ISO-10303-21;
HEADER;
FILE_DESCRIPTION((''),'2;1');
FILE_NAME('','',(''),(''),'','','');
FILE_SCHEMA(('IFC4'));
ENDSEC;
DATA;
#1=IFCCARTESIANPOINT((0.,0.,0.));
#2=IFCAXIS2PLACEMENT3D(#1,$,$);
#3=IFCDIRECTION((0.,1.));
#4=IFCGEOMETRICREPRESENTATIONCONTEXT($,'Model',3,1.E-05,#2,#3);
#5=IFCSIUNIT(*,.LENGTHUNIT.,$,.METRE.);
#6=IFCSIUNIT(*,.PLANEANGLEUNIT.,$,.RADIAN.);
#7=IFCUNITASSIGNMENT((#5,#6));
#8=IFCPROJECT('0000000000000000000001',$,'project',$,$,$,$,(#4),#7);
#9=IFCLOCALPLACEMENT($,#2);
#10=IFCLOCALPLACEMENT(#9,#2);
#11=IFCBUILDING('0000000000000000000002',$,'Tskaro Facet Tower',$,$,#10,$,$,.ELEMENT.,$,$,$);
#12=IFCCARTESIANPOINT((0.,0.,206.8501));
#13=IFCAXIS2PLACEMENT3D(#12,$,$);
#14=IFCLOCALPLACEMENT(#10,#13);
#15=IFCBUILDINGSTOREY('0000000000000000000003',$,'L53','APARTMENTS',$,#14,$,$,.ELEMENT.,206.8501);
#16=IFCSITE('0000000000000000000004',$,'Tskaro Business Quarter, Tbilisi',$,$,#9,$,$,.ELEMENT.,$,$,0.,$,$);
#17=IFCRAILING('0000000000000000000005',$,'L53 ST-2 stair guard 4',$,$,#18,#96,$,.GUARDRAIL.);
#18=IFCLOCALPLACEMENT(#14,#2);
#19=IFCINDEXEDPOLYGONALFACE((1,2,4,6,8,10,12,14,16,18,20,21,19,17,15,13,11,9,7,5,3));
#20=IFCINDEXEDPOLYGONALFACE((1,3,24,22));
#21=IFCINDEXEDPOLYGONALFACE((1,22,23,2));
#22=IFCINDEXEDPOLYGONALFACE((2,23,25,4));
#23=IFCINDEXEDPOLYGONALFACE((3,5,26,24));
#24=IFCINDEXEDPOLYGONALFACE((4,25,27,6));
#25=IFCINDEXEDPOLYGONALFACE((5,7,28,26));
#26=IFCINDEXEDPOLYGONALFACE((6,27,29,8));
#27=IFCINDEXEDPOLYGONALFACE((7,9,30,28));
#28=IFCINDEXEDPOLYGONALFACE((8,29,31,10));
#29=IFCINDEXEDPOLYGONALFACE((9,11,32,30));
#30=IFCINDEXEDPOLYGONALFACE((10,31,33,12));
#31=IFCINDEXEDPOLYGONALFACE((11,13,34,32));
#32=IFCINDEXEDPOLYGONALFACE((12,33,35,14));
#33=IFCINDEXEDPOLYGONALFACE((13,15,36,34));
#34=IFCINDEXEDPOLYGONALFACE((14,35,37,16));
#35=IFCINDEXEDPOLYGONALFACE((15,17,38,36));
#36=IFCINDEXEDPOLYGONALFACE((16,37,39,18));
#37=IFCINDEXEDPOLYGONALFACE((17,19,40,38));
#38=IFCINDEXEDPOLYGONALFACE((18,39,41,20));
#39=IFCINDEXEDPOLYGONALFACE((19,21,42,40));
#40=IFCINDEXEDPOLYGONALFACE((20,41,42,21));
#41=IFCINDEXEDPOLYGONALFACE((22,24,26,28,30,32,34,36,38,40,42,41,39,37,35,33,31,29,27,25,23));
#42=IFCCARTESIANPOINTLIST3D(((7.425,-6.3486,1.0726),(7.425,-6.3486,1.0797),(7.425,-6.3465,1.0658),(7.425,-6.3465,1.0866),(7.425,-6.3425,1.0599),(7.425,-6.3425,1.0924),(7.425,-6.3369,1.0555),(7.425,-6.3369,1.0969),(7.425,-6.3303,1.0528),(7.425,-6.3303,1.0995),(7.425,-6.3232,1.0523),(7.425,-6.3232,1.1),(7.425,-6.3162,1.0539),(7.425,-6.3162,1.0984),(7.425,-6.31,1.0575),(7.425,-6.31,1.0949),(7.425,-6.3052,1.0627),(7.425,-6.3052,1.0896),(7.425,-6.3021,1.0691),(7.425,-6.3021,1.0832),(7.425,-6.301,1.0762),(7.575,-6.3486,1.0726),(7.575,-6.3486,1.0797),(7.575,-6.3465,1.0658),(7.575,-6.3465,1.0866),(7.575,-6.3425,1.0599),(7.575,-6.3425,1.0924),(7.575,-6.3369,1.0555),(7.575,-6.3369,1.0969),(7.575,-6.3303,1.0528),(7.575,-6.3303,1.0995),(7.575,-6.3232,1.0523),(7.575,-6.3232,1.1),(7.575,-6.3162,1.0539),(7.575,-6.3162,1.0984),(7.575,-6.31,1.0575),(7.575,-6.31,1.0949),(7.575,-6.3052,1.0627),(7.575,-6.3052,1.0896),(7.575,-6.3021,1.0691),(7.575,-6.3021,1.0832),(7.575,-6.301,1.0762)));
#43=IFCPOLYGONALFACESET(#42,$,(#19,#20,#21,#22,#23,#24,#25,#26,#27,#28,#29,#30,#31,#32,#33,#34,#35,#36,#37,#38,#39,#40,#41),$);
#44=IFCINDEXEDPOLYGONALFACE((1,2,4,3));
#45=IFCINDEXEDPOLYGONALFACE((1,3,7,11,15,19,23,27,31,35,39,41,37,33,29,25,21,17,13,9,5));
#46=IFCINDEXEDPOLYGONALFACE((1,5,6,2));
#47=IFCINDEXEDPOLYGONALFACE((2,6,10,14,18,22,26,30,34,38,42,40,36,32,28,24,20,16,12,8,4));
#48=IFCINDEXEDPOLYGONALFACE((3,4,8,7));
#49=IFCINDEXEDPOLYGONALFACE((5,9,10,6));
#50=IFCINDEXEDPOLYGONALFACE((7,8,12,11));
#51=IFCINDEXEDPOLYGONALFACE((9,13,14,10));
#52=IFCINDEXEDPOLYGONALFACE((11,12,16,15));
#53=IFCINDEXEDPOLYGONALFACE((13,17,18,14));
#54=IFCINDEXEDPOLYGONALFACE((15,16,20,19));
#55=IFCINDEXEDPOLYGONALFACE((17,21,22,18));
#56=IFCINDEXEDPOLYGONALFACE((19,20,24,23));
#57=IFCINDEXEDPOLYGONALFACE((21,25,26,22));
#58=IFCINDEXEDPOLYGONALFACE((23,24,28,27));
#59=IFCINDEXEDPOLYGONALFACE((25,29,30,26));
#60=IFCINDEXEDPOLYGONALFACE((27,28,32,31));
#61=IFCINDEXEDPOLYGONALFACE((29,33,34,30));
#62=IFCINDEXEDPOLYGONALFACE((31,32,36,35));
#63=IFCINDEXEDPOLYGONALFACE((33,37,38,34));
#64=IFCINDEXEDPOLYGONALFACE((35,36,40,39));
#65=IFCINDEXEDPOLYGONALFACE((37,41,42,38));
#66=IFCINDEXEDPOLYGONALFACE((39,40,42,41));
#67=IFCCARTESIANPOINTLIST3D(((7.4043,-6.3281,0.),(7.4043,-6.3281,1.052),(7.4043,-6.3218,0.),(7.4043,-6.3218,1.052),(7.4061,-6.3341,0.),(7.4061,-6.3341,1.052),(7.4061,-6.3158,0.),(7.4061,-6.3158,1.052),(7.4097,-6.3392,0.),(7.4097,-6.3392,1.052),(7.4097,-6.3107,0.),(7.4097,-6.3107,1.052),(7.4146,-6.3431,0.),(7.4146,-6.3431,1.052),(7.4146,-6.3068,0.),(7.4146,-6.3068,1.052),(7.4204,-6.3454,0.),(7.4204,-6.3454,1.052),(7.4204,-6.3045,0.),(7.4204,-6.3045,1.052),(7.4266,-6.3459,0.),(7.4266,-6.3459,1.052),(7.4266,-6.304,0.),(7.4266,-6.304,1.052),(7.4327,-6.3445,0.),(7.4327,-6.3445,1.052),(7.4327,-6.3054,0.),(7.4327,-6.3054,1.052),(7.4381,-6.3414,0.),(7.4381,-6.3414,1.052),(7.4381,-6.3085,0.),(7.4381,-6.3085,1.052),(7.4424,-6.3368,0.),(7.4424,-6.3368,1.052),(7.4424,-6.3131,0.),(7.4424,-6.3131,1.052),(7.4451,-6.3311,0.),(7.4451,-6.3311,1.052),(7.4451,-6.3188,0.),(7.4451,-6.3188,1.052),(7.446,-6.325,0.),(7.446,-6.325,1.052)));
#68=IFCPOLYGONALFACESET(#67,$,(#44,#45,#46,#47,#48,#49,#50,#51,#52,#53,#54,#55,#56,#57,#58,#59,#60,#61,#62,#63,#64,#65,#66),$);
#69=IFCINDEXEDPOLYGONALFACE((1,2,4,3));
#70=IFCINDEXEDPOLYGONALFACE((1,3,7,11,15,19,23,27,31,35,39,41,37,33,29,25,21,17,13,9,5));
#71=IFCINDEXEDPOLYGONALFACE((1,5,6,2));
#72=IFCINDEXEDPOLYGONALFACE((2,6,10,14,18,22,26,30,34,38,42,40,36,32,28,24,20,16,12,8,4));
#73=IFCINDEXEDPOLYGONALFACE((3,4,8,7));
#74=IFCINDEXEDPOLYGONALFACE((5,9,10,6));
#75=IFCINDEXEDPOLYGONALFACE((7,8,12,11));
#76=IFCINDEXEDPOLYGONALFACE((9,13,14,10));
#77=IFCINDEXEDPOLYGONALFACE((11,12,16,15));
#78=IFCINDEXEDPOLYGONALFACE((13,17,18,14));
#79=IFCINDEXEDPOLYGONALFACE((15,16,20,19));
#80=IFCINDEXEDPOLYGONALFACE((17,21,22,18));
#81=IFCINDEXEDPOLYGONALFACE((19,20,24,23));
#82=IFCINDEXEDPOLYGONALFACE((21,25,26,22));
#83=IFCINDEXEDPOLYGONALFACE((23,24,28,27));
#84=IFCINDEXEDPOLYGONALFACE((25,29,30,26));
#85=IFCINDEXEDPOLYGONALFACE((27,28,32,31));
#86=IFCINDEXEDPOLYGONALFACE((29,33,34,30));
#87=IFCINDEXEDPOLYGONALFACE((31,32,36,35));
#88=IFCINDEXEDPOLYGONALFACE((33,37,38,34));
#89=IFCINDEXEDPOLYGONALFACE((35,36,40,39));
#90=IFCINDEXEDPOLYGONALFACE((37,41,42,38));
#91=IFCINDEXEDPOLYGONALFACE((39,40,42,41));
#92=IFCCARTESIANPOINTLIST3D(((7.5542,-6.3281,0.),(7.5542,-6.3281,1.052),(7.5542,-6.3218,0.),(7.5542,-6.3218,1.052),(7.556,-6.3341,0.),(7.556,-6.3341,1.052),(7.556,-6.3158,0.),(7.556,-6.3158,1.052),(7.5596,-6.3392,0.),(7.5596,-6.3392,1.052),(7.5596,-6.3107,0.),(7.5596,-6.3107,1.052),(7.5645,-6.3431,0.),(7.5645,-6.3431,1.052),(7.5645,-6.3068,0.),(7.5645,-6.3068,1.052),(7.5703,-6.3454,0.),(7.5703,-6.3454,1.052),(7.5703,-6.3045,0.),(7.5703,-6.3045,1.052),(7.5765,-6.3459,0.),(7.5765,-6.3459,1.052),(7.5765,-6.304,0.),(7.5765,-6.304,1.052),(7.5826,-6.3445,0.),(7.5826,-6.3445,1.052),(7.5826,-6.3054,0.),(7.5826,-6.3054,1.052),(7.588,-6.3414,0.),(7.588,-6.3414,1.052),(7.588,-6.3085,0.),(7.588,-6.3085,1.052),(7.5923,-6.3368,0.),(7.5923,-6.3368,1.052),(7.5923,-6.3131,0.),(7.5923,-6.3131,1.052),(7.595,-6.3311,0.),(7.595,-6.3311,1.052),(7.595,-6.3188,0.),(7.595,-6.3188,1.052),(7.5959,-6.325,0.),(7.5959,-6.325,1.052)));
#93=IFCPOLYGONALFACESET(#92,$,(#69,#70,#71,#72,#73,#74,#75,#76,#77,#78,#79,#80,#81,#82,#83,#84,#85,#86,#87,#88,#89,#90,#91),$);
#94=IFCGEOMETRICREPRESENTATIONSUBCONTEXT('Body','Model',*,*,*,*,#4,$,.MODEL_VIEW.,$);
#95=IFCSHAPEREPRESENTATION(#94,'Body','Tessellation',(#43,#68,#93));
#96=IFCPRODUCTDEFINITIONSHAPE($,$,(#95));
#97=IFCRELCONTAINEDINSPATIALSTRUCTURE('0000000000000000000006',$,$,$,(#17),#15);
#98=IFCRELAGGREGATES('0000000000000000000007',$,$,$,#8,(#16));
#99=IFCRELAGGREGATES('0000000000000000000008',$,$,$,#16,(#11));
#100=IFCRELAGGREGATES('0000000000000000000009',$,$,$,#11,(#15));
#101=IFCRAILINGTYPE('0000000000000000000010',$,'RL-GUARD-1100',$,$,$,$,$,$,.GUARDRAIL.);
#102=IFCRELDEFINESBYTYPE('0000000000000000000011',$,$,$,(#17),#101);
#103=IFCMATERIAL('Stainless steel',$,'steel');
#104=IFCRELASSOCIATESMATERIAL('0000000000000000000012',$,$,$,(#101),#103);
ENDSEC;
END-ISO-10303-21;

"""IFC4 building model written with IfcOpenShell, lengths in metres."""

from ifc_helpers import new_model, si_unit, direction, frame, origin, origin_2d, place, context, subcontext, project, spatial, circle, extrude, material, type_object, element, save


model = new_model("IFC4")

# Units and contexts
model_context = context("Model", 3, precision=1e-05, world=origin(), true_north=direction((0.0, 1.0)))
body_context = subcontext(model_context, "Body", "Model", "MODEL_VIEW")
ifc_project = project(units=[si_unit("LENGTHUNIT", "METRE"), si_unit("PLANEANGLEUNIT", "RADIAN")], contexts=[model_context])

# Site, building, storey
site_placement = place(None, origin())
site = spatial("IfcSite", under=ifc_project, at=site_placement, Name="Tskaro Business Quarter, Tbilisi", CompositionType="ELEMENT", RefElevation=0.0)
building_placement = place(site_placement, origin())
building = spatial("IfcBuilding", under=site, at=building_placement, Name="Tskaro Facet Tower", CompositionType="ELEMENT")
storey_placement = place(building_placement, frame((0.0, 0.0, 206.8501)))
storey = spatial("IfcBuildingStorey", under=building, at=storey_placement, Name="L53", Description="APARTMENTS", CompositionType="ELEMENT", Elevation=206.8501)

# Shared definitions
ifc_material_1 = material(Name="Stainless steel", Category="steel")

# Railing
railing_type = type_object("IfcRailingType", Name="RL-GUARD-1100", PredefinedType="GUARDRAIL", material=ifc_material_1)
railing_placement = place(storey_placement, frame((7.425, -6.325, 0.0)))
element("IfcRailing", 1, at=railing_placement, inside=storey, type_object=railing_type, Name="L53 ST-2 stair guard 4", PredefinedType="GUARDRAIL", context=body_context, shape_type="SweptSolid", body=[
    extrude(circle(Radius=0.0239, at=origin_2d()), frame((0.0, 0.0, 1.0762), z_axis=(1.0, 0.0, 0.0), x_axis=(0.0, 1.0, 0.0)), (0.0, 0.0, 1.0), 0.1499),
    extrude(circle(Radius=0.021, at=origin_2d()), origin(), (0.0, 0.0, 1.0), 1.052),
    extrude(circle(Radius=0.021, at=origin_2d()), frame((0.1499, 0.0, 0.0)), (0.0, 0.0, 1.0), 1.052),
])

save(model, "model.ifc")
